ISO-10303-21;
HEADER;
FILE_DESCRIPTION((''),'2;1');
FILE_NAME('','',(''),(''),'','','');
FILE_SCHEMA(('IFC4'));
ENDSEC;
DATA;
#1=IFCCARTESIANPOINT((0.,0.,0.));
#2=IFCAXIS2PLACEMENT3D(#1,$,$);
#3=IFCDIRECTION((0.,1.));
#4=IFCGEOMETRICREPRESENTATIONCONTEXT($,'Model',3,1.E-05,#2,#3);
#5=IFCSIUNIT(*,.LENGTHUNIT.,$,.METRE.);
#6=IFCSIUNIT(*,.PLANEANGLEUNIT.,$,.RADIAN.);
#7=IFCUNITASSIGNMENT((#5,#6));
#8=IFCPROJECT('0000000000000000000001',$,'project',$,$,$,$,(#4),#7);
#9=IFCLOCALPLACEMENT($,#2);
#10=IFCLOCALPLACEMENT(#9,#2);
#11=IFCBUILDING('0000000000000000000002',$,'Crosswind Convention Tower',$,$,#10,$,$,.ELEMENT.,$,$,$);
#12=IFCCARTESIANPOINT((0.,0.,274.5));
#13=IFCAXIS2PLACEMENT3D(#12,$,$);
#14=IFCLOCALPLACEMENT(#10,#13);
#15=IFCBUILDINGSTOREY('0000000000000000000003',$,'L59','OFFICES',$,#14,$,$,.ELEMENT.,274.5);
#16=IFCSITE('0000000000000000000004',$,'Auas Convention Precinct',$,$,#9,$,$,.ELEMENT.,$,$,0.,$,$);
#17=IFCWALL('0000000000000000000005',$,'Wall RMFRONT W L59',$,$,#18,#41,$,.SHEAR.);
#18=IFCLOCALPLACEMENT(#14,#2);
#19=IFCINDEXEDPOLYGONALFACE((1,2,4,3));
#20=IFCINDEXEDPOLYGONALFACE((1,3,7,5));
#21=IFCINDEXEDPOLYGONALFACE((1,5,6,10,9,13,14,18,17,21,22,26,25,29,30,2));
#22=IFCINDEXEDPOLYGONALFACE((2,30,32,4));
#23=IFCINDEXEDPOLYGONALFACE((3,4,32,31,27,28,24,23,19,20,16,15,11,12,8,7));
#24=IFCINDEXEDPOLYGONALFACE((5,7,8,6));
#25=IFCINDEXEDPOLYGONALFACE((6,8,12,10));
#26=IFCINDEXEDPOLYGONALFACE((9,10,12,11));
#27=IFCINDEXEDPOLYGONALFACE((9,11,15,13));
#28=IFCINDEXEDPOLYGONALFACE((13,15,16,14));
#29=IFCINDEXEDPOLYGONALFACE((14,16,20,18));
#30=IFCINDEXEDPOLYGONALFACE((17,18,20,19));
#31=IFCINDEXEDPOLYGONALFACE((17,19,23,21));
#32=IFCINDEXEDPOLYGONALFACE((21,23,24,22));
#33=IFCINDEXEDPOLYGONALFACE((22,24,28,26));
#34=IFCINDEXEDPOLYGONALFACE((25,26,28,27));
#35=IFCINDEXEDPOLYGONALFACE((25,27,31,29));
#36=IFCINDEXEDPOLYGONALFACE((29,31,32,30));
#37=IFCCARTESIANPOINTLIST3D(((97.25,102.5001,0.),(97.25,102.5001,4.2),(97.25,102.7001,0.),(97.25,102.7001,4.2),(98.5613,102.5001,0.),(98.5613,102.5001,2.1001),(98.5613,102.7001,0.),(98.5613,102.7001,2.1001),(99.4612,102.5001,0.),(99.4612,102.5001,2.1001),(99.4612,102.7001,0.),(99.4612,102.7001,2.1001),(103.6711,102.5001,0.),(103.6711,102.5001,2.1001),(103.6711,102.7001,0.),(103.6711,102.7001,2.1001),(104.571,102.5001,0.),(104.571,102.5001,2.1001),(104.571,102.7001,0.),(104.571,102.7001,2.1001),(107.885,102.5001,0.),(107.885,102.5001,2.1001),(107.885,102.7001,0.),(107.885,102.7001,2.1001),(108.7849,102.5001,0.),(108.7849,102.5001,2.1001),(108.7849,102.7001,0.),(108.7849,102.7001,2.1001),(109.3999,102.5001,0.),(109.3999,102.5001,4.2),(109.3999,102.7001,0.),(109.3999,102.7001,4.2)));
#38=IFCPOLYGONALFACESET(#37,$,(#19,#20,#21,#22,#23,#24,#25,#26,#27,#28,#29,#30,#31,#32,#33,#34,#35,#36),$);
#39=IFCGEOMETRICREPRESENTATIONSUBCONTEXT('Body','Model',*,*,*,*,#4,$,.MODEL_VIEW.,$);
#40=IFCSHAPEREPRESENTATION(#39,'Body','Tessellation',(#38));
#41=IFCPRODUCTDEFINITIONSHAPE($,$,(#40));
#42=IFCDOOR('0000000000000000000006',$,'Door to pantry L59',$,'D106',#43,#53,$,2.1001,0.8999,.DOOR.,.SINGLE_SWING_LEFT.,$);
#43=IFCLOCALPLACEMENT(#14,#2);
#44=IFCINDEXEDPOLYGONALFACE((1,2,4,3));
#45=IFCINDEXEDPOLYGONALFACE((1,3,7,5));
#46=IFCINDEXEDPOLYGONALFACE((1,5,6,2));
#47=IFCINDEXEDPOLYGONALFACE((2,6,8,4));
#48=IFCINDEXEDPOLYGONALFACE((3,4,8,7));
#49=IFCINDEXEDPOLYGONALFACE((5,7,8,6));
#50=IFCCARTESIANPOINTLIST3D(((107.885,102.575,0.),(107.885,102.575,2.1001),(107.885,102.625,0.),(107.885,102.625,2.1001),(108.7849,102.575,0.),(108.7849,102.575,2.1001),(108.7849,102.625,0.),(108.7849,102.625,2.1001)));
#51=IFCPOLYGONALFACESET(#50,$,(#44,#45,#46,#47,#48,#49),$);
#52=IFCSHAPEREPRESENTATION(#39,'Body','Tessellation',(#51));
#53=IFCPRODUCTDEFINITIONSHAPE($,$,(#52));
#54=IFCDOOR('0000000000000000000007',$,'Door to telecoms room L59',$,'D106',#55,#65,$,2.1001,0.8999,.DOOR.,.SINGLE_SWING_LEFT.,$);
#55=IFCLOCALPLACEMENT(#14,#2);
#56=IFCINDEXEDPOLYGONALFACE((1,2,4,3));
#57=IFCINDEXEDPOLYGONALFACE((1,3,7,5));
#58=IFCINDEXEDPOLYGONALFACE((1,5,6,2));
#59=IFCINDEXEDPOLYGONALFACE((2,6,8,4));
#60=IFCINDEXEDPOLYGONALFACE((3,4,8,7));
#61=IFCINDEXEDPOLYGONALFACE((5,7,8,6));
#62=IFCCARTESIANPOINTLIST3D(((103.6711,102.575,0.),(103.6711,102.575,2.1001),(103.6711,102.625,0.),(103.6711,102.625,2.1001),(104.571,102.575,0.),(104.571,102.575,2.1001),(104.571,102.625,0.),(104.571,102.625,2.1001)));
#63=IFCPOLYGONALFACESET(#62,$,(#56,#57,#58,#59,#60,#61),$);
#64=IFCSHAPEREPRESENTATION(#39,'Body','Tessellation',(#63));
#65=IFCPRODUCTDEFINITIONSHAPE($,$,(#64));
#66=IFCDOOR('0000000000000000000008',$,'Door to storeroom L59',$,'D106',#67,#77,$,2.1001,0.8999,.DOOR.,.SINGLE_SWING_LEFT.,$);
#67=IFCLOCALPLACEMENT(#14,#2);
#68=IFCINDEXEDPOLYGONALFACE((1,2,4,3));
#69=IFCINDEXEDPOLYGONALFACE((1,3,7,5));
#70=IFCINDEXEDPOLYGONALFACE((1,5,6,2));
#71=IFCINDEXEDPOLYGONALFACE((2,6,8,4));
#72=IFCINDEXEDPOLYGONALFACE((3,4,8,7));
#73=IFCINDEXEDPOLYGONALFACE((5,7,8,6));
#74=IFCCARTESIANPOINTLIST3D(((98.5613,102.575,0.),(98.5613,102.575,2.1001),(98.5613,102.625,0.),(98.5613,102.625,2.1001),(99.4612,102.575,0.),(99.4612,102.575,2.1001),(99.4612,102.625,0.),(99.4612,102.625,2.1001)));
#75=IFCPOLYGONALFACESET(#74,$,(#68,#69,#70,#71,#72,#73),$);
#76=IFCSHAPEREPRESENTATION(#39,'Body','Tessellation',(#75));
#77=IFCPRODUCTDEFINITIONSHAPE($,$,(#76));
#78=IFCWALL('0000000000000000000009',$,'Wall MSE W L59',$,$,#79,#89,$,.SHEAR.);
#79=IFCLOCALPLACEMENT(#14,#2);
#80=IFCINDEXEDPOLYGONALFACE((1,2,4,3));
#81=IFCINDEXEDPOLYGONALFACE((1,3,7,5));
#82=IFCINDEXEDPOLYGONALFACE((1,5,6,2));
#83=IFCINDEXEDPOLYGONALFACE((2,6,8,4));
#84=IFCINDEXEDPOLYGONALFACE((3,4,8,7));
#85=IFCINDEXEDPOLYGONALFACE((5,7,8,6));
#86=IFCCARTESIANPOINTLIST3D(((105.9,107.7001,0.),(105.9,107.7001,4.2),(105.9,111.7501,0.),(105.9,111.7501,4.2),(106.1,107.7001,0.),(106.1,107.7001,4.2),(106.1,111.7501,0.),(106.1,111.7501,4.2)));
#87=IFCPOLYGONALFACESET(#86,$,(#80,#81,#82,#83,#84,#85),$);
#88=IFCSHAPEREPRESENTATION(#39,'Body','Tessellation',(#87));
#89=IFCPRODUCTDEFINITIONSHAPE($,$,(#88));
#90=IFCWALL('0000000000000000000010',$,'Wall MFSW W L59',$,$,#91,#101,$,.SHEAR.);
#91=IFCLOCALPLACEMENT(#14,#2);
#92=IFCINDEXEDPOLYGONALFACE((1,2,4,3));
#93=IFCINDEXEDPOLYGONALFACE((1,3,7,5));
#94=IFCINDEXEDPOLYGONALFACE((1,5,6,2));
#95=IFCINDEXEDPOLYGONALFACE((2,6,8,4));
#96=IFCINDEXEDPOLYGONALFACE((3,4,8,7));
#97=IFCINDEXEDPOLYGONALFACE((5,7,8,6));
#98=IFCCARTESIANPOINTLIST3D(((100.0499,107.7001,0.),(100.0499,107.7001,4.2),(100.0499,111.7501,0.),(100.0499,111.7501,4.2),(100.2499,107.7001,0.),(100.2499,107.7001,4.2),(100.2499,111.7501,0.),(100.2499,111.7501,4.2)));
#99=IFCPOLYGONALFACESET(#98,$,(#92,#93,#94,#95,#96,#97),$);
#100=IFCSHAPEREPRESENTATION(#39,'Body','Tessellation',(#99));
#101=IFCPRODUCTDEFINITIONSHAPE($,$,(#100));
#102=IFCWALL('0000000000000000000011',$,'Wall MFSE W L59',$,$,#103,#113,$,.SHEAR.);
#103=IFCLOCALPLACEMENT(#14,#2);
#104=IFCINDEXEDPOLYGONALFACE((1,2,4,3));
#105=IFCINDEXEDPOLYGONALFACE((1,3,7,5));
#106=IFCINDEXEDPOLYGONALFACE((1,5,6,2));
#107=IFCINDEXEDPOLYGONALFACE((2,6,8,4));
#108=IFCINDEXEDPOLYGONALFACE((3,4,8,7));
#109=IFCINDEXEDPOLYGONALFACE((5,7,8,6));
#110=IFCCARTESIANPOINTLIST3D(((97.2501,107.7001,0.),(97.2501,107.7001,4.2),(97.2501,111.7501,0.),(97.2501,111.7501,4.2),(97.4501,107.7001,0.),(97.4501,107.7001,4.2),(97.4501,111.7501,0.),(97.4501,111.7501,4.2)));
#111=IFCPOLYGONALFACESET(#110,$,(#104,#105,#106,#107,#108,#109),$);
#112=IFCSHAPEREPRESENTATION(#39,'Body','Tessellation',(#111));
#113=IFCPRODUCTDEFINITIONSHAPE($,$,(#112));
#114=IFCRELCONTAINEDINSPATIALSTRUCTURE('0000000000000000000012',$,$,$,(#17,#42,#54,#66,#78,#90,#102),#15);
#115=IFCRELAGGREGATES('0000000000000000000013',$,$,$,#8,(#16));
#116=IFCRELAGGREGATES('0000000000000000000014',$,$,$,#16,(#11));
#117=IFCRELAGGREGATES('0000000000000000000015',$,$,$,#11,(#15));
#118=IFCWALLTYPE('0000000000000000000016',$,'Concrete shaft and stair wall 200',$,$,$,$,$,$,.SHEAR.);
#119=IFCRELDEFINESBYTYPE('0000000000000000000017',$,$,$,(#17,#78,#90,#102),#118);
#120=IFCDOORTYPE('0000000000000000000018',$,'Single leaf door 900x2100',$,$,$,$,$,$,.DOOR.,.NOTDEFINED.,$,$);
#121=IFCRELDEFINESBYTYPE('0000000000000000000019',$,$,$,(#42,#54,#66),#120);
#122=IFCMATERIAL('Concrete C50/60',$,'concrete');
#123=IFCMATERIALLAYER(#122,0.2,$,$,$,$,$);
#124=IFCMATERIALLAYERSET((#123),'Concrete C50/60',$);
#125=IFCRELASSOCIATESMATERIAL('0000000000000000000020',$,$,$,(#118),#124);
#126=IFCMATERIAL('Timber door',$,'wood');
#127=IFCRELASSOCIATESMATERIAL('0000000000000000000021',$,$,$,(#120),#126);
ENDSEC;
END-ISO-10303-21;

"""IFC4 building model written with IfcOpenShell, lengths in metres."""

from ifc_helpers import new_model, si_unit, direction, frame, frame_2d, origin, place, context, subcontext, project, spatial, rectangle, extrude, material, layer, layer_set, type_object, element, fill, save


model = new_model("IFC4")

# Units and contexts
model_context = context("Model", 3, precision=1e-05, world=origin(), true_north=direction((0.0, 1.0)))
body_context = subcontext(model_context, "Body", "Model", "MODEL_VIEW")
ifc_project = project(units=[si_unit("LENGTHUNIT", "METRE"), si_unit("PLANEANGLEUNIT", "RADIAN")], contexts=[model_context])

# Site, building, storey
site_placement = place(None, origin())
site = spatial("IfcSite", under=ifc_project, at=site_placement, Name="Auas Convention Precinct", CompositionType="ELEMENT", RefElevation=0.0)
building_placement = place(site_placement, origin())
building = spatial("IfcBuilding", under=site, at=building_placement, Name="Crosswind Convention Tower", CompositionType="ELEMENT")
storey_placement = place(building_placement, frame((0.0, 0.0, 274.5)))
storey = spatial("IfcBuildingStorey", under=building, at=storey_placement, Name="L59", Description="OFFICES", CompositionType="ELEMENT", Elevation=274.5)

# Shared definitions
ifc_material_1 = material(Name="Concrete C50/60", Category="concrete")
ifc_layer_1 = layer(ifc_material_1, 0.2)
ifc_layer_set_1 = layer_set([ifc_layer_1], Name="Concrete C50/60")
wall_type_1 = type_object("IfcWallType", Name="Concrete shaft and stair wall 200", PredefinedType="SHEAR", material=ifc_layer_set_1)

# Wall, openings, doors
wall_1_placement = place(storey_placement, frame((109.3999, 102.6001, 0.0), z_axis=(0.0, 0.0, 1.0), x_axis=(-1.0, 0.0, 0.0)))
wall_1 = element("IfcWall", 1, at=wall_1_placement, inside=storey, type_object=wall_type_1, Name="Wall RMFRONT W L59", PredefinedType="SHEAR", context=body_context, shape_type="SweptSolid", body=[
    extrude(rectangle(XDim=12.1499, YDim=0.2, at=frame_2d((6.075, 0.0))), origin(), (0.0, 0.0, 1.0), 4.2),
])
opening_1_placement = place(wall_1_placement, frame((0.615, 0.0, 0.0)))
opening_1 = element("IfcOpeningElement", 2, at=opening_1_placement, cuts=wall_1, PredefinedType="OPENING", context=body_context, shape_type="SweptSolid", body=[
    extrude(rectangle(XDim=0.8999, YDim=2.1001, at=frame_2d((0.45, 1.05))), frame((0.0, 0.1099, 0.0), z_axis=(0.0, -1.0, 0.0), x_axis=(1.0, 0.0, 0.0)), (0.0, 0.0, 1.0), 0.22),
])
opening_2_placement = place(wall_1_placement, frame((4.8289, 0.0, 0.0)))
opening_2 = element("IfcOpeningElement", 3, at=opening_2_placement, cuts=wall_1, PredefinedType="OPENING", context=body_context, shape_type="SweptSolid", body=[
    extrude(rectangle(XDim=0.8999, YDim=2.1001, at=frame_2d((0.45, 1.05))), frame((0.0, 0.1099, 0.0), z_axis=(0.0, -1.0, 0.0), x_axis=(1.0, 0.0, 0.0)), (0.0, 0.0, 1.0), 0.22),
])
opening_3_placement = place(wall_1_placement, frame((9.9387, 0.0, 0.0)))
opening_3 = element("IfcOpeningElement", 4, at=opening_3_placement, cuts=wall_1, PredefinedType="OPENING", context=body_context, shape_type="SweptSolid", body=[
    extrude(rectangle(XDim=0.8999, YDim=2.1001, at=frame_2d((0.45, 1.05))), frame((0.0, 0.1099, 0.0), z_axis=(0.0, -1.0, 0.0), x_axis=(1.0, 0.0, 0.0)), (0.0, 0.0, 1.0), 0.22),
])
ifc_material_2 = material(Name="Timber door", Category="wood")
door_type_1 = type_object("IfcDoorType", Name="Single leaf door 900x2100", OperationType="NOTDEFINED", PredefinedType="DOOR", material=ifc_material_2)
door_1_placement = place(opening_1_placement, frame((0.8999, 0.0, 0.0), z_axis=(0.0, 0.0, 1.0), x_axis=(-1.0, 0.0, 0.0)))
door_1 = element("IfcDoor", 5, at=door_1_placement, inside=storey, type_object=door_type_1, Name="Door to pantry L59", ObjectType="D106", OperationType="SINGLE_SWING_LEFT", OverallHeight=2.1001, OverallWidth=0.8999, PredefinedType="DOOR", context=body_context, shape_type="SweptSolid", body=[
    extrude(rectangle(XDim=0.8999, YDim=2.1001, at=frame_2d((0.45, 1.05))), frame((0.0, 0.0249, 0.0), z_axis=(0.0, -1.0, 0.0), x_axis=(1.0, 0.0, 0.0)), (0.0, 0.0, 1.0), 0.05),
])
fill(opening_1, door_1)
door_2_placement = place(opening_2_placement, frame((0.8999, 0.0, 0.0), z_axis=(0.0, 0.0, 1.0), x_axis=(-1.0, 0.0, 0.0)))
door_2 = element("IfcDoor", 6, at=door_2_placement, inside=storey, type_object=door_type_1, Name="Door to telecoms room L59", ObjectType="D106", OperationType="SINGLE_SWING_LEFT", OverallHeight=2.1001, OverallWidth=0.8999, PredefinedType="DOOR", context=body_context, shape_type="SweptSolid", body=[
    extrude(rectangle(XDim=0.8999, YDim=2.1001, at=frame_2d((0.45, 1.05))), frame((0.0, 0.0249, 0.0), z_axis=(0.0, -1.0, 0.0), x_axis=(1.0, 0.0, 0.0)), (0.0, 0.0, 1.0), 0.05),
])
fill(opening_2, door_2)
door_3_placement = place(opening_3_placement, frame((0.8999, 0.0, 0.0), z_axis=(0.0, 0.0, 1.0), x_axis=(-1.0, 0.0, 0.0)))
door_3 = element("IfcDoor", 7, at=door_3_placement, inside=storey, type_object=door_type_1, Name="Door to storeroom L59", ObjectType="D106", OperationType="SINGLE_SWING_LEFT", OverallHeight=2.1001, OverallWidth=0.8999, PredefinedType="DOOR", context=body_context, shape_type="SweptSolid", body=[
    extrude(rectangle(XDim=0.8999, YDim=2.1001, at=frame_2d((0.45, 1.05))), frame((0.0, 0.0249, 0.0), z_axis=(0.0, -1.0, 0.0), x_axis=(1.0, 0.0, 0.0)), (0.0, 0.0, 1.0), 0.05),
])
fill(opening_3, door_3)

# Walls
for number, where, z_axis, x_axis, name in (
    (8, (106.0, 111.75, 0.0), (0.0, 0.0, 1.0), (0.0, -1.0, 0.0), "Wall MSE W L59"),
    (9, (100.1499, 111.75, 0.0), (0.0, 0.0, 1.0), (0.0, -1.0, 0.0), "Wall MFSW W L59"),
    (10, (97.3501, 111.75, 0.0), (0.0, 0.0, 1.0), (0.0, -1.0, 0.0), "Wall MFSE W L59"),
):
    element("IfcWall", number, at=place(storey_placement, frame(where, z_axis=z_axis, x_axis=x_axis)), inside=storey, type_object=wall_type_1, Name=name, PredefinedType="SHEAR", context=body_context, shape_type="SweptSolid", body=[
        extrude(rectangle(XDim=4.05, YDim=0.2, at=frame_2d((2.0249, 0.0))), origin(), (0.0, 0.0, 1.0), 4.2),
    ])

save(model, "model.ifc")
